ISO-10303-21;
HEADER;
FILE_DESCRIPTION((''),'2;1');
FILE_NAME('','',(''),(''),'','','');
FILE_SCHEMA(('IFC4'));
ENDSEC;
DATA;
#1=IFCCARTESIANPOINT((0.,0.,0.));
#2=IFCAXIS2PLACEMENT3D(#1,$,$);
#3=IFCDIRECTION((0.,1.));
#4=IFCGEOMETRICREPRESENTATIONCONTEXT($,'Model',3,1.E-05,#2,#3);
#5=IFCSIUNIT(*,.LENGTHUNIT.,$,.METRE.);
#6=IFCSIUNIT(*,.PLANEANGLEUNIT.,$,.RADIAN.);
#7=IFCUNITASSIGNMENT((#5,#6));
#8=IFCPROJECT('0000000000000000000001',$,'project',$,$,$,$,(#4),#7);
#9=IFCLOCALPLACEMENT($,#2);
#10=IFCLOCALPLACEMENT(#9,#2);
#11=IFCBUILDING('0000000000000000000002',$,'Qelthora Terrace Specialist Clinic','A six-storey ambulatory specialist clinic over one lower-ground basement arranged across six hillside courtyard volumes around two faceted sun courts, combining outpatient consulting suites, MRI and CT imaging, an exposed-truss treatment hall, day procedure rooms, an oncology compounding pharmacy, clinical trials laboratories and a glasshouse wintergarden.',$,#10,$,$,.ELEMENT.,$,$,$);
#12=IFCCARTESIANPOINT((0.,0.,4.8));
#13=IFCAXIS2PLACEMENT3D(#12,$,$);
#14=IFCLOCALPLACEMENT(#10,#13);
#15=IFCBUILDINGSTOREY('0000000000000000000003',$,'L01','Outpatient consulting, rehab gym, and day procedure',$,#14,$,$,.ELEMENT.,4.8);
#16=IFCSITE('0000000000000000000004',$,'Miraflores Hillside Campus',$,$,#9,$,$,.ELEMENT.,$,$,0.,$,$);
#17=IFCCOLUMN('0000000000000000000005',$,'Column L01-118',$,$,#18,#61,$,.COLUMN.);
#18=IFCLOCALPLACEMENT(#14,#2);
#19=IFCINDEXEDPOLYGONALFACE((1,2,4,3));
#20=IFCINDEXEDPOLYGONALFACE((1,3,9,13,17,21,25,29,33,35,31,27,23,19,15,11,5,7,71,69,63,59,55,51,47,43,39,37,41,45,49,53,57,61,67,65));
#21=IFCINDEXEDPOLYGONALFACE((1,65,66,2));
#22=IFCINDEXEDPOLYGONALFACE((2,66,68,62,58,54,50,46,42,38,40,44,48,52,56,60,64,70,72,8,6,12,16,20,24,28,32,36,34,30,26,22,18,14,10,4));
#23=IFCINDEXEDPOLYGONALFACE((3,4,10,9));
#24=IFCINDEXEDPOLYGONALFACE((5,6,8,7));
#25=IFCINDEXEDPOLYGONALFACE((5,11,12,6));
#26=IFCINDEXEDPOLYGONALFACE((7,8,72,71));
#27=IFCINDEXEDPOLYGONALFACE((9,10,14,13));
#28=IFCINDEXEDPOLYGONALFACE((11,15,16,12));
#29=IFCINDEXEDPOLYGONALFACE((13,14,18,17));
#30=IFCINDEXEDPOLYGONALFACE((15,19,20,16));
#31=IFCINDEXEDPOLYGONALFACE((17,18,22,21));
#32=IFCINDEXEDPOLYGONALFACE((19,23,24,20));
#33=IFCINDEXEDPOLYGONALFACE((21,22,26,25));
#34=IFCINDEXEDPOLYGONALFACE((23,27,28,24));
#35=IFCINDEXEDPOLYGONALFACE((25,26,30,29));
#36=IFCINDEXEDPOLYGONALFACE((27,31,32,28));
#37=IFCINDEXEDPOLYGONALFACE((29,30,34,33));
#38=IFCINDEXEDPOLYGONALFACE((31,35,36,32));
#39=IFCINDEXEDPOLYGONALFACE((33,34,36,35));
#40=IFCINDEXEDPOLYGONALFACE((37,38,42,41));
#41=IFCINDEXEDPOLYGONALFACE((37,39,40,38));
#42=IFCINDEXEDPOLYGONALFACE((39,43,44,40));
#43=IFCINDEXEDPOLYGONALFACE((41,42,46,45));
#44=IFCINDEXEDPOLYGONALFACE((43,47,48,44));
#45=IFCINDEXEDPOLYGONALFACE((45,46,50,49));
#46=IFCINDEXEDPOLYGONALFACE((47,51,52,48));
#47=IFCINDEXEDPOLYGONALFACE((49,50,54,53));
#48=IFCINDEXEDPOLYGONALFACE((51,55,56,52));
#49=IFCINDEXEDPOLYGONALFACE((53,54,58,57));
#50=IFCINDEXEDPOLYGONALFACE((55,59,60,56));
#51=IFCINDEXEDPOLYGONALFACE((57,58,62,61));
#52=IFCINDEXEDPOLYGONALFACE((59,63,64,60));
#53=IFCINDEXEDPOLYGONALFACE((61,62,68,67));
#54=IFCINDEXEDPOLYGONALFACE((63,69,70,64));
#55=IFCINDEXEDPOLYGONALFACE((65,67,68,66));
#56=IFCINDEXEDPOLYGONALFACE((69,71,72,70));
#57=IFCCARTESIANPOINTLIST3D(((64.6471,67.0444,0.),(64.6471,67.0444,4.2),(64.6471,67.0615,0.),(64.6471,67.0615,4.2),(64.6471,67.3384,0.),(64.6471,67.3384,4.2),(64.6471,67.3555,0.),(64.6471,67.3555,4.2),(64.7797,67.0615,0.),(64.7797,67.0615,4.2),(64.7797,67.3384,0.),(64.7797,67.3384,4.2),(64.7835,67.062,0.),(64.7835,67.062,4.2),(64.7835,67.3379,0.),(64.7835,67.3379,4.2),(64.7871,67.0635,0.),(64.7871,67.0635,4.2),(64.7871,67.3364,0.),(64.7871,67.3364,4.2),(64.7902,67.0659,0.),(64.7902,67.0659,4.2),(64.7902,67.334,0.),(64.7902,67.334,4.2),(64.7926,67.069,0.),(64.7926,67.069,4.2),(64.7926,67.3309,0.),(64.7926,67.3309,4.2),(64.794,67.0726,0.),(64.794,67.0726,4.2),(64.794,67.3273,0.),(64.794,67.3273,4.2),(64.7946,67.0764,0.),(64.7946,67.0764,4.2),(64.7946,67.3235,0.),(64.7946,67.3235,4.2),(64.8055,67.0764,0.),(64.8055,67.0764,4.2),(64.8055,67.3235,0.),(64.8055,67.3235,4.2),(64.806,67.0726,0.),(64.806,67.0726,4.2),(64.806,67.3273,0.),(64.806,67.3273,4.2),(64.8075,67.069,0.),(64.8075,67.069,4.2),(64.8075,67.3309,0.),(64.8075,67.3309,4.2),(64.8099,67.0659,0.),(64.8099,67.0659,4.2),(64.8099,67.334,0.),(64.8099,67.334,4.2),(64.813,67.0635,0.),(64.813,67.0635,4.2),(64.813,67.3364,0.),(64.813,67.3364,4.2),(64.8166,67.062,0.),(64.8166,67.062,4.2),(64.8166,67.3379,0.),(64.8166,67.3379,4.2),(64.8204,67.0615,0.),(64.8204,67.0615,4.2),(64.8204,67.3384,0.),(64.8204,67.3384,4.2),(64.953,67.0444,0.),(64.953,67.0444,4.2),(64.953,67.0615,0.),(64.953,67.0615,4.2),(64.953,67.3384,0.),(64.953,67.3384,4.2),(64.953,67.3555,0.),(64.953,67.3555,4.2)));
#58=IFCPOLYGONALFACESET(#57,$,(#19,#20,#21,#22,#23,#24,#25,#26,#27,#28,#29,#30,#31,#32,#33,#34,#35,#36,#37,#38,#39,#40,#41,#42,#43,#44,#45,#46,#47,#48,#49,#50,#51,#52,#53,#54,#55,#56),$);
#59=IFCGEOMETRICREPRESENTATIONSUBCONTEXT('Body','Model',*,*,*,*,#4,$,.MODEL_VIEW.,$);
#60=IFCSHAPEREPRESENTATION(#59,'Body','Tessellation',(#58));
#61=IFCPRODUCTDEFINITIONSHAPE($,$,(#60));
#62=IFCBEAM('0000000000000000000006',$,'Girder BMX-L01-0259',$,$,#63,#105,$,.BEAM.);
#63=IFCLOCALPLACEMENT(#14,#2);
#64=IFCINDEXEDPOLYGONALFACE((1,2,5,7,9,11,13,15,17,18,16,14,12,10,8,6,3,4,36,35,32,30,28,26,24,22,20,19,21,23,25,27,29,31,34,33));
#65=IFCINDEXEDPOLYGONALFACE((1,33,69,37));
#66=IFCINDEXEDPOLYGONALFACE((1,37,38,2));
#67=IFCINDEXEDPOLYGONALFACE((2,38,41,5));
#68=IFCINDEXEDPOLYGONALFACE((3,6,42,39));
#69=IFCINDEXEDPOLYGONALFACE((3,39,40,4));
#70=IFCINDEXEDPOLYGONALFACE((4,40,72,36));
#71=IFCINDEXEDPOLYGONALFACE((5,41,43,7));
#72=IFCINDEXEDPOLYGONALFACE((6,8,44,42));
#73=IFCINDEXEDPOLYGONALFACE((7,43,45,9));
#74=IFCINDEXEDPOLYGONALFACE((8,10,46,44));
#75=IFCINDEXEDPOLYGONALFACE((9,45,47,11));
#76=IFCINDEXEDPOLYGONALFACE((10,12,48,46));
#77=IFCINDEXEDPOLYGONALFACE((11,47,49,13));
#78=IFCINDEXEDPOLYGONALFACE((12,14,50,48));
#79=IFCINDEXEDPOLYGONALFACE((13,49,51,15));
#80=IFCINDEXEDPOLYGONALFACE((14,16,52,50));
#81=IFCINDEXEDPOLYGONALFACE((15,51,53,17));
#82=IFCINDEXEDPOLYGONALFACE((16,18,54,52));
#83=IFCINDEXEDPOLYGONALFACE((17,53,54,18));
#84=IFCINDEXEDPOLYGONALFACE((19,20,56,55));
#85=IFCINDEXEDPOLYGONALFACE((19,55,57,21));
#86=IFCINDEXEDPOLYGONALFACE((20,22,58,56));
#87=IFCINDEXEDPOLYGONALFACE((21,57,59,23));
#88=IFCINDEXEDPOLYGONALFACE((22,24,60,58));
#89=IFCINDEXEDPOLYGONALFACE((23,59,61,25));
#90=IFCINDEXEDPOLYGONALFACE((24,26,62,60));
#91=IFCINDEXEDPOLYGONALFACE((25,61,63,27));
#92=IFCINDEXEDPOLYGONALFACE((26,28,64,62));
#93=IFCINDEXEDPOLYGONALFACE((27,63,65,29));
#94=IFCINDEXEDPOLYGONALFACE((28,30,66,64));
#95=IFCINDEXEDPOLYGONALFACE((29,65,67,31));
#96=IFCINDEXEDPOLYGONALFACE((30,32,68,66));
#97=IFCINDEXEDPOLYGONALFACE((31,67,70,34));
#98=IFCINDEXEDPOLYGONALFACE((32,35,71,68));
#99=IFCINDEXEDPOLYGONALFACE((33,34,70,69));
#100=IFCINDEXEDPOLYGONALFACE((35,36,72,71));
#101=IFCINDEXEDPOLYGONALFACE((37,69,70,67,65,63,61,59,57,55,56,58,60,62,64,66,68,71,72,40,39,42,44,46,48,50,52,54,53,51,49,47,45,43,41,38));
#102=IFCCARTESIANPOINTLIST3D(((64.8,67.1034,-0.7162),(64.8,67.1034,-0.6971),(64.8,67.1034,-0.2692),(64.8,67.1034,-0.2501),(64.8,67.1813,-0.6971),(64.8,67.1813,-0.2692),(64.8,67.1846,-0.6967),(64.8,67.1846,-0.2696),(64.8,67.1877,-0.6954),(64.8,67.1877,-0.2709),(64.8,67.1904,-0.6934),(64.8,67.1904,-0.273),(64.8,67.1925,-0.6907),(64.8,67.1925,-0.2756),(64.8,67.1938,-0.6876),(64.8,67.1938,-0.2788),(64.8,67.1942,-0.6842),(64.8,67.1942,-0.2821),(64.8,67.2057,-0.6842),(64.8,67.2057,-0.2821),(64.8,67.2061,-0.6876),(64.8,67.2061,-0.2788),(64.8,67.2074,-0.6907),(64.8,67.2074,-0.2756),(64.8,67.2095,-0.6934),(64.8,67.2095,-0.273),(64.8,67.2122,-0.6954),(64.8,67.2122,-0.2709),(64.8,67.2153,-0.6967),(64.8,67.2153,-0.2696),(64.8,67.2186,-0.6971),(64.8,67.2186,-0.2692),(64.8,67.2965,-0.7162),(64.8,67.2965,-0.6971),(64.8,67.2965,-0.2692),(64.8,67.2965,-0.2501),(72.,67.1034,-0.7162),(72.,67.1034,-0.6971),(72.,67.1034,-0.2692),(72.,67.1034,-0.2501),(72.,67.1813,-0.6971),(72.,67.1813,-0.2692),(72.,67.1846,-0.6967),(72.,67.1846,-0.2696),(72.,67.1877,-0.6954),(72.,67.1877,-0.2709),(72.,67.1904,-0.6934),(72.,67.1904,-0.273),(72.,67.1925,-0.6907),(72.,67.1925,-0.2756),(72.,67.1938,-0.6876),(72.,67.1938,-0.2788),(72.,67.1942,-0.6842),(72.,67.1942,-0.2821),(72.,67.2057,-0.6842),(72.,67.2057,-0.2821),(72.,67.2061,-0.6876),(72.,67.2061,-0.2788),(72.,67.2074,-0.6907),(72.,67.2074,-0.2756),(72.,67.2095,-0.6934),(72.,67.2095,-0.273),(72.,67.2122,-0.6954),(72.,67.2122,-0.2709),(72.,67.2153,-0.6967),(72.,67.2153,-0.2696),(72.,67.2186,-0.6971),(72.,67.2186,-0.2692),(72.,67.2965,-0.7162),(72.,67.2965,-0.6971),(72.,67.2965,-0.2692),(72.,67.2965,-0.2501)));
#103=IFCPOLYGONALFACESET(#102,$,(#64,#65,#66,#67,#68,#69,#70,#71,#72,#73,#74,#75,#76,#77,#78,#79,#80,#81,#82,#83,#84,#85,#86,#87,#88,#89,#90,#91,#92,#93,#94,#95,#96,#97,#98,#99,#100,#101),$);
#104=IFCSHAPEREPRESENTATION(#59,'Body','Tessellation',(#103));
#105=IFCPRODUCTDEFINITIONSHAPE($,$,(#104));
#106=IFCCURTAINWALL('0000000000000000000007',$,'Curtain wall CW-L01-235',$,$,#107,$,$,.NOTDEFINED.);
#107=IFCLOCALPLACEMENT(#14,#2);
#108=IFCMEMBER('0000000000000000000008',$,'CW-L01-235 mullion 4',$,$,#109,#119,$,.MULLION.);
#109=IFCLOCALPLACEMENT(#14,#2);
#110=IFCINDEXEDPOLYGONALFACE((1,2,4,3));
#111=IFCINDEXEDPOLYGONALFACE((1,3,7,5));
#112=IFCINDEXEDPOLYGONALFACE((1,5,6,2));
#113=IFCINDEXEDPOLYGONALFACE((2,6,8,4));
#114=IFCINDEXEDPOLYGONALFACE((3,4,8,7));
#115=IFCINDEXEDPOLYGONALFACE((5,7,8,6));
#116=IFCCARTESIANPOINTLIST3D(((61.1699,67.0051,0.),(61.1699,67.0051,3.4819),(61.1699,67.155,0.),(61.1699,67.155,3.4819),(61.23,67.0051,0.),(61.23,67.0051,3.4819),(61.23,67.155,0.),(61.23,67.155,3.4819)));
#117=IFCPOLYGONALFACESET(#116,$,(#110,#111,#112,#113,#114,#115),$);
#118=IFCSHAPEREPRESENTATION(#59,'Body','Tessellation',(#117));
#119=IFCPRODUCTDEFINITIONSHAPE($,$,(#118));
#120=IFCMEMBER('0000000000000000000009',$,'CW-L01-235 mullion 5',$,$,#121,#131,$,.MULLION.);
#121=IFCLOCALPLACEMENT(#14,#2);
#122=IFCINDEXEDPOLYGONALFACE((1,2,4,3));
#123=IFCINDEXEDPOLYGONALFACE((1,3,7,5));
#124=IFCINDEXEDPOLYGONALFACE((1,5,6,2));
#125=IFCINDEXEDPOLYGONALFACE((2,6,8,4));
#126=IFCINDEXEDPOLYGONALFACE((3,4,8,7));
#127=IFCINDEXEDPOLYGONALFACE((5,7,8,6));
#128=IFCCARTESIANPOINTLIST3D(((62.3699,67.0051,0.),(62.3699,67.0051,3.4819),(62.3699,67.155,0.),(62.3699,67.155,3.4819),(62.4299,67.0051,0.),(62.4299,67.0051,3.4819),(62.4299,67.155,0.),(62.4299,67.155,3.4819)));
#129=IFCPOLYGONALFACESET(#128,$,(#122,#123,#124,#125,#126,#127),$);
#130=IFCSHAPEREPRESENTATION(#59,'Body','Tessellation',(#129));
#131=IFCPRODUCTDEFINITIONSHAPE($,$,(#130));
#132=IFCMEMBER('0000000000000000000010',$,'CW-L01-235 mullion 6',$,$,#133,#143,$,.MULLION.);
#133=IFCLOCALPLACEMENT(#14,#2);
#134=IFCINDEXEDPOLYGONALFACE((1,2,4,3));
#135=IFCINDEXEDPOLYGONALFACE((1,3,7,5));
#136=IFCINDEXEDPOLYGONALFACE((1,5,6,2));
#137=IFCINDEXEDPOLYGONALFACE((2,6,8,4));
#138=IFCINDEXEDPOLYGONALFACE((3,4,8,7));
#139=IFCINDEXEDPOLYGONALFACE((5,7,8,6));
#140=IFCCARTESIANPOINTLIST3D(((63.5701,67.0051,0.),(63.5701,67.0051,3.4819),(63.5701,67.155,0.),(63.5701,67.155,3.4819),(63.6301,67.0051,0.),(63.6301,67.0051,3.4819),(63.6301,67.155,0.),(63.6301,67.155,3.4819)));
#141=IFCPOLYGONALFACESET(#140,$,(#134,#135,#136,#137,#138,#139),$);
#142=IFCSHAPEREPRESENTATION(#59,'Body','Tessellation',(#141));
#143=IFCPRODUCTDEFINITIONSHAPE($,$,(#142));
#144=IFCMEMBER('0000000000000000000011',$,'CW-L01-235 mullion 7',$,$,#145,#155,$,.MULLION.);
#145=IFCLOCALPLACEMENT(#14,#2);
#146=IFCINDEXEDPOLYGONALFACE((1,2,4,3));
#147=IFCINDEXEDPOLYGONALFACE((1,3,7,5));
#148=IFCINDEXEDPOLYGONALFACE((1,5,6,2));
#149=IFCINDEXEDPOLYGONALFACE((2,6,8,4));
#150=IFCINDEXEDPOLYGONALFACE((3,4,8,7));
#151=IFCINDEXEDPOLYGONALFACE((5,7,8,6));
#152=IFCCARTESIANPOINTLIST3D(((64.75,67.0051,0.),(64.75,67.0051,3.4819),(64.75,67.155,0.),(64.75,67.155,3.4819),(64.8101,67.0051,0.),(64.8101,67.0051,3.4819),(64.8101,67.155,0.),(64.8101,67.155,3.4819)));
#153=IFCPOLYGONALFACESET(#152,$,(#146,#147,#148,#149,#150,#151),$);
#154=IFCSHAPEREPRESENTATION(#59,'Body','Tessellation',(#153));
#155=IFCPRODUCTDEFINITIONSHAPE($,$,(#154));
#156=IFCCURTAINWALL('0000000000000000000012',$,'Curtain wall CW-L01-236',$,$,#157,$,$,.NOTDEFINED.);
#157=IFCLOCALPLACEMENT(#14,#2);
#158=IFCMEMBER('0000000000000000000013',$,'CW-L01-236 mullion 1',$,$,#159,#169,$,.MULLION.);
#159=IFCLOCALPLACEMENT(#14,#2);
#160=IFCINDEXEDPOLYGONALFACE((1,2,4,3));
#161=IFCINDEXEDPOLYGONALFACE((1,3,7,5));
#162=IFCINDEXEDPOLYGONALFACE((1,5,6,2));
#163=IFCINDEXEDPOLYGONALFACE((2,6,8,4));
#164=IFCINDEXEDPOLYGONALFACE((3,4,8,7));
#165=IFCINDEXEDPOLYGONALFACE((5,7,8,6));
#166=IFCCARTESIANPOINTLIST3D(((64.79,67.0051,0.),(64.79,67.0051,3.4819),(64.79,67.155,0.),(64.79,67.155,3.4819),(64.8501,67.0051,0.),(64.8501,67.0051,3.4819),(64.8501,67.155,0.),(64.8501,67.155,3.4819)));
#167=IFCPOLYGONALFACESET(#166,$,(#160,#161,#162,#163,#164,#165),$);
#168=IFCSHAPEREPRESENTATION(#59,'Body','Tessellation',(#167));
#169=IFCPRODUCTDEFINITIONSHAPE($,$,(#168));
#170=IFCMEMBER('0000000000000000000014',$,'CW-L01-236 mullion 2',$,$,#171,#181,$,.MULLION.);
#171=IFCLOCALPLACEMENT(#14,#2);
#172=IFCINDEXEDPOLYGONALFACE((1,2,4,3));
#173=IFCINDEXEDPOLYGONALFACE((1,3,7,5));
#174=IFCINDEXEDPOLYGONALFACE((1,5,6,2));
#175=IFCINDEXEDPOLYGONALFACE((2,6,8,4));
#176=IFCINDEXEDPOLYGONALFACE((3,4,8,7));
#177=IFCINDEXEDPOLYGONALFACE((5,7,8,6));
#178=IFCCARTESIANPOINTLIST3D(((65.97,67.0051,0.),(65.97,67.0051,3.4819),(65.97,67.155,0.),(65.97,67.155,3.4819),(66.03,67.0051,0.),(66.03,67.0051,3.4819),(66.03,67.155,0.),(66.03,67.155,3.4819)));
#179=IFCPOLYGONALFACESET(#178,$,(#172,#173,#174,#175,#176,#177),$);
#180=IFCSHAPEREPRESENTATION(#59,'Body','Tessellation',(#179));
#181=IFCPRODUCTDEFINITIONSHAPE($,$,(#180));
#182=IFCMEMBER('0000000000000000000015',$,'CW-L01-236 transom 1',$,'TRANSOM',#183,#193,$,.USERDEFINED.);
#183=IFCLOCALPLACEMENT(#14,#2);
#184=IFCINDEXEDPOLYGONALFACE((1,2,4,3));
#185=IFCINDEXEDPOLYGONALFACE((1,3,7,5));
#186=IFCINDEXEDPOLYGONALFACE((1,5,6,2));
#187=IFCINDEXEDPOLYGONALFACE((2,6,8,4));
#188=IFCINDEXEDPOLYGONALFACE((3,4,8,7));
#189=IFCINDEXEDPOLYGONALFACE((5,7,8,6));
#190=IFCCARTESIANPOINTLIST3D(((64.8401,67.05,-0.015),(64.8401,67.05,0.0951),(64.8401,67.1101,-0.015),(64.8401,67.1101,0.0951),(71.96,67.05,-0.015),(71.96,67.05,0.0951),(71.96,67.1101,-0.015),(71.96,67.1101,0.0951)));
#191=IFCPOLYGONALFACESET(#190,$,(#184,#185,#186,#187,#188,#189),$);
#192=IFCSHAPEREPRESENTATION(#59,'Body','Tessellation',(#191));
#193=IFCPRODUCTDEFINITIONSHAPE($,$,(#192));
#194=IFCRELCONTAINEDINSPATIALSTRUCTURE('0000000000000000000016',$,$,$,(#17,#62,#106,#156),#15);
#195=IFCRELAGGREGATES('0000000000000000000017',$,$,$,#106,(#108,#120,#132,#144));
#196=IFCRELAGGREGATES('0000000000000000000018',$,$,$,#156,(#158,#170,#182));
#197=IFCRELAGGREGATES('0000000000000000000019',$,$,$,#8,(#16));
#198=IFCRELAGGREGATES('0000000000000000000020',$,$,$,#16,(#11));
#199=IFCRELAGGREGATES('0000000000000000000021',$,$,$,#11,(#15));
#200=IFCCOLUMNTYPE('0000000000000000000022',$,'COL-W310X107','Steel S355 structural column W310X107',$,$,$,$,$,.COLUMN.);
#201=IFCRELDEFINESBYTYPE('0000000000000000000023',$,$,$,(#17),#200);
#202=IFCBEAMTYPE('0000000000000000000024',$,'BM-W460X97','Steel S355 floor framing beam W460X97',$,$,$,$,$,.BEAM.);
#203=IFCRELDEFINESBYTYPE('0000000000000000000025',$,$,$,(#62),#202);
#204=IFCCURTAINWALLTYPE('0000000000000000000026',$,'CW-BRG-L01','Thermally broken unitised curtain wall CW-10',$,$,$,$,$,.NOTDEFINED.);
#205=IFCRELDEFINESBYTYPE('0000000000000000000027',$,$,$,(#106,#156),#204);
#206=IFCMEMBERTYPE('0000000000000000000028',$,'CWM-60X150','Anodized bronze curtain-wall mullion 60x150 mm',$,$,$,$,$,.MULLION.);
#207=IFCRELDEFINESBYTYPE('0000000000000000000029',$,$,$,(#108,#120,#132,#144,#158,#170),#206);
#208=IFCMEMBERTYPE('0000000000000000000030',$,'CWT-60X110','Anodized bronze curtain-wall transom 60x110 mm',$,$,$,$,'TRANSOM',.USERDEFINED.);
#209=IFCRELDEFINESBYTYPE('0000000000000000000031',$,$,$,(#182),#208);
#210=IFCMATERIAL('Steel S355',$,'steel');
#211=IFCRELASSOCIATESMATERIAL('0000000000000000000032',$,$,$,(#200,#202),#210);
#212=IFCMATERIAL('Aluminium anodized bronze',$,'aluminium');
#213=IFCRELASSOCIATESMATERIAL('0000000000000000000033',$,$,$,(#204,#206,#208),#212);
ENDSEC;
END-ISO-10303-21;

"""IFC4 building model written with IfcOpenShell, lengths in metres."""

from ifc_helpers import new_model, si_unit, direction, frame, origin, origin_2d, place, context, subcontext, project, spatial, rectangle, i_section, extrude, material, material_profile, profile_set, type_object, element, aggregate, save


model = new_model("IFC4")

# Units and contexts
model_context = context("Model", 3, precision=1e-05, world=origin(), true_north=direction((0.0, 1.0)))
body_context = subcontext(model_context, "Body", "Model", "MODEL_VIEW")
ifc_project = project(units=[si_unit("LENGTHUNIT", "METRE"), si_unit("PLANEANGLEUNIT", "RADIAN")], contexts=[model_context])

# Site, building, storey
site_placement = place(None, origin())
site = spatial("IfcSite", under=ifc_project, at=site_placement, Name="Miraflores Hillside Campus", CompositionType="ELEMENT", RefElevation=0.0)
building_placement = place(site_placement, origin())
building = spatial("IfcBuilding", under=site, at=building_placement, Name="Qelthora Terrace Specialist Clinic", Description="A six-storey ambulatory specialist clinic over one lower-ground basement arranged across six hillside courtyard volumes around two faceted sun courts, combining outpatient consulting suites, MRI and CT imaging, an exposed-truss treatment hall, day procedure rooms, an oncology compounding pharmacy, clinical trials laboratories and a glasshouse wintergarden.", CompositionType="ELEMENT")
storey_placement = place(building_placement, frame((0.0, 0.0, 4.8)))
storey = spatial("IfcBuildingStorey", under=building, at=storey_placement, Name="L01", Description="Outpatient consulting, rehab gym, and day procedure", CompositionType="ELEMENT", Elevation=4.8)

# Column
ifc_material_1 = material(Name="Steel S355", Category="steel")
ifc_material_profile_1 = material_profile(ifc_material_1, i_section(OverallWidth=0.3059, OverallDepth=0.311, WebThickness=0.011, FlangeThickness=0.0171, FilletRadius=0.0149, at=origin_2d()), Name="W310X107")
ifc_profile_set_1 = profile_set([ifc_material_profile_1], Name="Steel S355")
column_type = type_object("IfcColumnType", Name="COL-W310X107", Description="Steel S355 structural column W310X107", PredefinedType="COLUMN", material=ifc_profile_set_1)
column_placement = place(storey_placement, frame((64.8, 67.2, 0.0), z_axis=(0.0, 0.0, 1.0), x_axis=(1.0, 0.0, 0.0)))
element("IfcColumn", 1, at=column_placement, inside=storey, type_object=column_type, Name="Column L01-118", PredefinedType="COLUMN", context=body_context, shape_type="SweptSolid", body=[
    extrude(i_section(OverallWidth=0.3059, OverallDepth=0.311, WebThickness=0.011, FlangeThickness=0.0171, FilletRadius=0.0149, at=origin_2d()), origin(), (0.0, 0.0, 1.0), 4.2),
])

# Beam
ifc_material_profile_2 = material_profile(ifc_material_1, i_section(OverallWidth=0.1931, OverallDepth=0.4661, WebThickness=0.0115, FlangeThickness=0.019, FilletRadius=0.0129, at=origin_2d()), Name="W460X97")
ifc_profile_set_2 = profile_set([ifc_material_profile_2], Name="Steel S355")
beam_type = type_object("IfcBeamType", Name="BM-W460X97", Description="Steel S355 floor framing beam W460X97", PredefinedType="BEAM", material=ifc_profile_set_2)
beam_placement = place(storey_placement, frame((64.8, 67.2, -0.4832), z_axis=(1.0, 0.0, 0.0), x_axis=(0.0, 1.0, 0.0)))
element("IfcBeam", 2, at=beam_placement, inside=storey, type_object=beam_type, Name="Girder BMX-L01-0259", PredefinedType="BEAM", context=body_context, shape_type="SweptSolid", body=[
    extrude(i_section(OverallWidth=0.1931, OverallDepth=0.4661, WebThickness=0.0115, FlangeThickness=0.019, FilletRadius=0.0129, at=origin_2d()), origin(), (0.0, 0.0, 1.0), 7.2),
])

# Curtain walls, members
ifc_material_2 = material(Name="Aluminium anodized bronze", Category="aluminium")
curtain_wall_type = type_object("IfcCurtainWallType", Name="CW-BRG-L01", Description="Thermally broken unitised curtain wall CW-10", PredefinedType="NOTDEFINED", material=ifc_material_2)
curtain_wall_1_placement = place(storey_placement, origin())
curtain_wall_1 = element("IfcCurtainWall", 3, at=curtain_wall_1_placement, inside=storey, type_object=curtain_wall_type, Name="Curtain wall CW-L01-235", PredefinedType="NOTDEFINED")
ifc_material_profile_3 = material_profile(ifc_material_2, rectangle(XDim=0.0601, YDim=0.1499, at=origin_2d()), Name="CWM60X150")
ifc_profile_set_3 = profile_set([ifc_material_profile_3], Name="Aluminium anodized bronze")
member_type_1 = type_object("IfcMemberType", Name="CWM-60X150", Description="Anodized bronze curtain-wall mullion 60x150 mm", PredefinedType="MULLION", material=ifc_profile_set_3)
member_1_placement = place(storey_placement, frame((61.2, 67.0801, 0.0), z_axis=(0.0, 0.0, 1.0), x_axis=(1.0, 0.0, 0.0)))
member_1 = element("IfcMember", 4, at=member_1_placement, type_object=member_type_1, Name="CW-L01-235 mullion 4", PredefinedType="MULLION", context=body_context, shape_type="SweptSolid", body=[
    extrude(rectangle(XDim=0.0601, YDim=0.1499, at=origin_2d()), origin(), (0.0, 0.0, 1.0), 3.4819),
])
member_2_placement = place(storey_placement, frame((62.3999, 67.0801, 0.0), z_axis=(0.0, 0.0, 1.0), x_axis=(1.0, 0.0, 0.0)))
member_2 = element("IfcMember", 5, at=member_2_placement, type_object=member_type_1, Name="CW-L01-235 mullion 5", PredefinedType="MULLION", context=body_context, shape_type="SweptSolid", body=[
    extrude(rectangle(XDim=0.0601, YDim=0.1499, at=origin_2d()), origin(), (0.0, 0.0, 1.0), 3.4819),
])
member_3_placement = place(storey_placement, frame((63.6001, 67.0801, 0.0), z_axis=(0.0, 0.0, 1.0), x_axis=(1.0, 0.0, 0.0)))
member_3 = element("IfcMember", 6, at=member_3_placement, type_object=member_type_1, Name="CW-L01-235 mullion 6", PredefinedType="MULLION", context=body_context, shape_type="SweptSolid", body=[
    extrude(rectangle(XDim=0.0601, YDim=0.1499, at=origin_2d()), origin(), (0.0, 0.0, 1.0), 3.4819),
])
member_4_placement = place(storey_placement, frame((64.78, 67.0801, 0.0), z_axis=(0.0, 0.0, 1.0), x_axis=(1.0, 0.0, 0.0)))
member_4 = element("IfcMember", 7, at=member_4_placement, type_object=member_type_1, Name="CW-L01-235 mullion 7", PredefinedType="MULLION", context=body_context, shape_type="SweptSolid", body=[
    extrude(rectangle(XDim=0.0601, YDim=0.1499, at=origin_2d()), origin(), (0.0, 0.0, 1.0), 3.4819),
])
curtain_wall_2_placement = place(storey_placement, origin())
curtain_wall_2 = element("IfcCurtainWall", 8, at=curtain_wall_2_placement, inside=storey, type_object=curtain_wall_type, Name="Curtain wall CW-L01-236", PredefinedType="NOTDEFINED")
member_5_placement = place(storey_placement, frame((64.8201, 67.0801, 0.0), z_axis=(0.0, 0.0, 1.0), x_axis=(1.0, 0.0, 0.0)))
member_5 = element("IfcMember", 9, at=member_5_placement, type_object=member_type_1, Name="CW-L01-236 mullion 1", PredefinedType="MULLION", context=body_context, shape_type="SweptSolid", body=[
    extrude(rectangle(XDim=0.0601, YDim=0.1499, at=origin_2d()), origin(), (0.0, 0.0, 1.0), 3.4819),
])
member_6_placement = place(storey_placement, frame((66.0, 67.0801, 0.0), z_axis=(0.0, 0.0, 1.0), x_axis=(1.0, 0.0, 0.0)))
member_6 = element("IfcMember", 10, at=member_6_placement, type_object=member_type_1, Name="CW-L01-236 mullion 2", PredefinedType="MULLION", context=body_context, shape_type="SweptSolid", body=[
    extrude(rectangle(XDim=0.0601, YDim=0.1499, at=origin_2d()), origin(), (0.0, 0.0, 1.0), 3.4819),
])
ifc_material_profile_4 = material_profile(ifc_material_2, rectangle(XDim=0.0601, YDim=0.1101, at=origin_2d()), Name="CWT60X110")
ifc_profile_set_4 = profile_set([ifc_material_profile_4], Name="Aluminium anodized bronze")
member_type_2 = type_object("IfcMemberType", Name="CWT-60X110", Description="Anodized bronze curtain-wall transom 60x110 mm", ElementType="TRANSOM", PredefinedType="USERDEFINED", material=ifc_profile_set_4)
member_7_placement = place(storey_placement, frame((64.8401, 67.0801, 0.04), z_axis=(1.0, 0.0, 0.0), x_axis=(0.0, 1.0, 0.0)))
member_7 = element("IfcMember", 11, at=member_7_placement, type_object=member_type_2, Name="CW-L01-236 transom 1", ObjectType="TRANSOM", PredefinedType="USERDEFINED", context=body_context, shape_type="SweptSolid", body=[
    extrude(rectangle(XDim=0.0601, YDim=0.1101, at=origin_2d()), origin(), (0.0, 0.0, 1.0), 7.1199),
])

aggregate(curtain_wall_1, [member_1, member_2, member_3, member_4])
aggregate(curtain_wall_2, [member_5, member_6, member_7])

save(model, "model.ifc")
